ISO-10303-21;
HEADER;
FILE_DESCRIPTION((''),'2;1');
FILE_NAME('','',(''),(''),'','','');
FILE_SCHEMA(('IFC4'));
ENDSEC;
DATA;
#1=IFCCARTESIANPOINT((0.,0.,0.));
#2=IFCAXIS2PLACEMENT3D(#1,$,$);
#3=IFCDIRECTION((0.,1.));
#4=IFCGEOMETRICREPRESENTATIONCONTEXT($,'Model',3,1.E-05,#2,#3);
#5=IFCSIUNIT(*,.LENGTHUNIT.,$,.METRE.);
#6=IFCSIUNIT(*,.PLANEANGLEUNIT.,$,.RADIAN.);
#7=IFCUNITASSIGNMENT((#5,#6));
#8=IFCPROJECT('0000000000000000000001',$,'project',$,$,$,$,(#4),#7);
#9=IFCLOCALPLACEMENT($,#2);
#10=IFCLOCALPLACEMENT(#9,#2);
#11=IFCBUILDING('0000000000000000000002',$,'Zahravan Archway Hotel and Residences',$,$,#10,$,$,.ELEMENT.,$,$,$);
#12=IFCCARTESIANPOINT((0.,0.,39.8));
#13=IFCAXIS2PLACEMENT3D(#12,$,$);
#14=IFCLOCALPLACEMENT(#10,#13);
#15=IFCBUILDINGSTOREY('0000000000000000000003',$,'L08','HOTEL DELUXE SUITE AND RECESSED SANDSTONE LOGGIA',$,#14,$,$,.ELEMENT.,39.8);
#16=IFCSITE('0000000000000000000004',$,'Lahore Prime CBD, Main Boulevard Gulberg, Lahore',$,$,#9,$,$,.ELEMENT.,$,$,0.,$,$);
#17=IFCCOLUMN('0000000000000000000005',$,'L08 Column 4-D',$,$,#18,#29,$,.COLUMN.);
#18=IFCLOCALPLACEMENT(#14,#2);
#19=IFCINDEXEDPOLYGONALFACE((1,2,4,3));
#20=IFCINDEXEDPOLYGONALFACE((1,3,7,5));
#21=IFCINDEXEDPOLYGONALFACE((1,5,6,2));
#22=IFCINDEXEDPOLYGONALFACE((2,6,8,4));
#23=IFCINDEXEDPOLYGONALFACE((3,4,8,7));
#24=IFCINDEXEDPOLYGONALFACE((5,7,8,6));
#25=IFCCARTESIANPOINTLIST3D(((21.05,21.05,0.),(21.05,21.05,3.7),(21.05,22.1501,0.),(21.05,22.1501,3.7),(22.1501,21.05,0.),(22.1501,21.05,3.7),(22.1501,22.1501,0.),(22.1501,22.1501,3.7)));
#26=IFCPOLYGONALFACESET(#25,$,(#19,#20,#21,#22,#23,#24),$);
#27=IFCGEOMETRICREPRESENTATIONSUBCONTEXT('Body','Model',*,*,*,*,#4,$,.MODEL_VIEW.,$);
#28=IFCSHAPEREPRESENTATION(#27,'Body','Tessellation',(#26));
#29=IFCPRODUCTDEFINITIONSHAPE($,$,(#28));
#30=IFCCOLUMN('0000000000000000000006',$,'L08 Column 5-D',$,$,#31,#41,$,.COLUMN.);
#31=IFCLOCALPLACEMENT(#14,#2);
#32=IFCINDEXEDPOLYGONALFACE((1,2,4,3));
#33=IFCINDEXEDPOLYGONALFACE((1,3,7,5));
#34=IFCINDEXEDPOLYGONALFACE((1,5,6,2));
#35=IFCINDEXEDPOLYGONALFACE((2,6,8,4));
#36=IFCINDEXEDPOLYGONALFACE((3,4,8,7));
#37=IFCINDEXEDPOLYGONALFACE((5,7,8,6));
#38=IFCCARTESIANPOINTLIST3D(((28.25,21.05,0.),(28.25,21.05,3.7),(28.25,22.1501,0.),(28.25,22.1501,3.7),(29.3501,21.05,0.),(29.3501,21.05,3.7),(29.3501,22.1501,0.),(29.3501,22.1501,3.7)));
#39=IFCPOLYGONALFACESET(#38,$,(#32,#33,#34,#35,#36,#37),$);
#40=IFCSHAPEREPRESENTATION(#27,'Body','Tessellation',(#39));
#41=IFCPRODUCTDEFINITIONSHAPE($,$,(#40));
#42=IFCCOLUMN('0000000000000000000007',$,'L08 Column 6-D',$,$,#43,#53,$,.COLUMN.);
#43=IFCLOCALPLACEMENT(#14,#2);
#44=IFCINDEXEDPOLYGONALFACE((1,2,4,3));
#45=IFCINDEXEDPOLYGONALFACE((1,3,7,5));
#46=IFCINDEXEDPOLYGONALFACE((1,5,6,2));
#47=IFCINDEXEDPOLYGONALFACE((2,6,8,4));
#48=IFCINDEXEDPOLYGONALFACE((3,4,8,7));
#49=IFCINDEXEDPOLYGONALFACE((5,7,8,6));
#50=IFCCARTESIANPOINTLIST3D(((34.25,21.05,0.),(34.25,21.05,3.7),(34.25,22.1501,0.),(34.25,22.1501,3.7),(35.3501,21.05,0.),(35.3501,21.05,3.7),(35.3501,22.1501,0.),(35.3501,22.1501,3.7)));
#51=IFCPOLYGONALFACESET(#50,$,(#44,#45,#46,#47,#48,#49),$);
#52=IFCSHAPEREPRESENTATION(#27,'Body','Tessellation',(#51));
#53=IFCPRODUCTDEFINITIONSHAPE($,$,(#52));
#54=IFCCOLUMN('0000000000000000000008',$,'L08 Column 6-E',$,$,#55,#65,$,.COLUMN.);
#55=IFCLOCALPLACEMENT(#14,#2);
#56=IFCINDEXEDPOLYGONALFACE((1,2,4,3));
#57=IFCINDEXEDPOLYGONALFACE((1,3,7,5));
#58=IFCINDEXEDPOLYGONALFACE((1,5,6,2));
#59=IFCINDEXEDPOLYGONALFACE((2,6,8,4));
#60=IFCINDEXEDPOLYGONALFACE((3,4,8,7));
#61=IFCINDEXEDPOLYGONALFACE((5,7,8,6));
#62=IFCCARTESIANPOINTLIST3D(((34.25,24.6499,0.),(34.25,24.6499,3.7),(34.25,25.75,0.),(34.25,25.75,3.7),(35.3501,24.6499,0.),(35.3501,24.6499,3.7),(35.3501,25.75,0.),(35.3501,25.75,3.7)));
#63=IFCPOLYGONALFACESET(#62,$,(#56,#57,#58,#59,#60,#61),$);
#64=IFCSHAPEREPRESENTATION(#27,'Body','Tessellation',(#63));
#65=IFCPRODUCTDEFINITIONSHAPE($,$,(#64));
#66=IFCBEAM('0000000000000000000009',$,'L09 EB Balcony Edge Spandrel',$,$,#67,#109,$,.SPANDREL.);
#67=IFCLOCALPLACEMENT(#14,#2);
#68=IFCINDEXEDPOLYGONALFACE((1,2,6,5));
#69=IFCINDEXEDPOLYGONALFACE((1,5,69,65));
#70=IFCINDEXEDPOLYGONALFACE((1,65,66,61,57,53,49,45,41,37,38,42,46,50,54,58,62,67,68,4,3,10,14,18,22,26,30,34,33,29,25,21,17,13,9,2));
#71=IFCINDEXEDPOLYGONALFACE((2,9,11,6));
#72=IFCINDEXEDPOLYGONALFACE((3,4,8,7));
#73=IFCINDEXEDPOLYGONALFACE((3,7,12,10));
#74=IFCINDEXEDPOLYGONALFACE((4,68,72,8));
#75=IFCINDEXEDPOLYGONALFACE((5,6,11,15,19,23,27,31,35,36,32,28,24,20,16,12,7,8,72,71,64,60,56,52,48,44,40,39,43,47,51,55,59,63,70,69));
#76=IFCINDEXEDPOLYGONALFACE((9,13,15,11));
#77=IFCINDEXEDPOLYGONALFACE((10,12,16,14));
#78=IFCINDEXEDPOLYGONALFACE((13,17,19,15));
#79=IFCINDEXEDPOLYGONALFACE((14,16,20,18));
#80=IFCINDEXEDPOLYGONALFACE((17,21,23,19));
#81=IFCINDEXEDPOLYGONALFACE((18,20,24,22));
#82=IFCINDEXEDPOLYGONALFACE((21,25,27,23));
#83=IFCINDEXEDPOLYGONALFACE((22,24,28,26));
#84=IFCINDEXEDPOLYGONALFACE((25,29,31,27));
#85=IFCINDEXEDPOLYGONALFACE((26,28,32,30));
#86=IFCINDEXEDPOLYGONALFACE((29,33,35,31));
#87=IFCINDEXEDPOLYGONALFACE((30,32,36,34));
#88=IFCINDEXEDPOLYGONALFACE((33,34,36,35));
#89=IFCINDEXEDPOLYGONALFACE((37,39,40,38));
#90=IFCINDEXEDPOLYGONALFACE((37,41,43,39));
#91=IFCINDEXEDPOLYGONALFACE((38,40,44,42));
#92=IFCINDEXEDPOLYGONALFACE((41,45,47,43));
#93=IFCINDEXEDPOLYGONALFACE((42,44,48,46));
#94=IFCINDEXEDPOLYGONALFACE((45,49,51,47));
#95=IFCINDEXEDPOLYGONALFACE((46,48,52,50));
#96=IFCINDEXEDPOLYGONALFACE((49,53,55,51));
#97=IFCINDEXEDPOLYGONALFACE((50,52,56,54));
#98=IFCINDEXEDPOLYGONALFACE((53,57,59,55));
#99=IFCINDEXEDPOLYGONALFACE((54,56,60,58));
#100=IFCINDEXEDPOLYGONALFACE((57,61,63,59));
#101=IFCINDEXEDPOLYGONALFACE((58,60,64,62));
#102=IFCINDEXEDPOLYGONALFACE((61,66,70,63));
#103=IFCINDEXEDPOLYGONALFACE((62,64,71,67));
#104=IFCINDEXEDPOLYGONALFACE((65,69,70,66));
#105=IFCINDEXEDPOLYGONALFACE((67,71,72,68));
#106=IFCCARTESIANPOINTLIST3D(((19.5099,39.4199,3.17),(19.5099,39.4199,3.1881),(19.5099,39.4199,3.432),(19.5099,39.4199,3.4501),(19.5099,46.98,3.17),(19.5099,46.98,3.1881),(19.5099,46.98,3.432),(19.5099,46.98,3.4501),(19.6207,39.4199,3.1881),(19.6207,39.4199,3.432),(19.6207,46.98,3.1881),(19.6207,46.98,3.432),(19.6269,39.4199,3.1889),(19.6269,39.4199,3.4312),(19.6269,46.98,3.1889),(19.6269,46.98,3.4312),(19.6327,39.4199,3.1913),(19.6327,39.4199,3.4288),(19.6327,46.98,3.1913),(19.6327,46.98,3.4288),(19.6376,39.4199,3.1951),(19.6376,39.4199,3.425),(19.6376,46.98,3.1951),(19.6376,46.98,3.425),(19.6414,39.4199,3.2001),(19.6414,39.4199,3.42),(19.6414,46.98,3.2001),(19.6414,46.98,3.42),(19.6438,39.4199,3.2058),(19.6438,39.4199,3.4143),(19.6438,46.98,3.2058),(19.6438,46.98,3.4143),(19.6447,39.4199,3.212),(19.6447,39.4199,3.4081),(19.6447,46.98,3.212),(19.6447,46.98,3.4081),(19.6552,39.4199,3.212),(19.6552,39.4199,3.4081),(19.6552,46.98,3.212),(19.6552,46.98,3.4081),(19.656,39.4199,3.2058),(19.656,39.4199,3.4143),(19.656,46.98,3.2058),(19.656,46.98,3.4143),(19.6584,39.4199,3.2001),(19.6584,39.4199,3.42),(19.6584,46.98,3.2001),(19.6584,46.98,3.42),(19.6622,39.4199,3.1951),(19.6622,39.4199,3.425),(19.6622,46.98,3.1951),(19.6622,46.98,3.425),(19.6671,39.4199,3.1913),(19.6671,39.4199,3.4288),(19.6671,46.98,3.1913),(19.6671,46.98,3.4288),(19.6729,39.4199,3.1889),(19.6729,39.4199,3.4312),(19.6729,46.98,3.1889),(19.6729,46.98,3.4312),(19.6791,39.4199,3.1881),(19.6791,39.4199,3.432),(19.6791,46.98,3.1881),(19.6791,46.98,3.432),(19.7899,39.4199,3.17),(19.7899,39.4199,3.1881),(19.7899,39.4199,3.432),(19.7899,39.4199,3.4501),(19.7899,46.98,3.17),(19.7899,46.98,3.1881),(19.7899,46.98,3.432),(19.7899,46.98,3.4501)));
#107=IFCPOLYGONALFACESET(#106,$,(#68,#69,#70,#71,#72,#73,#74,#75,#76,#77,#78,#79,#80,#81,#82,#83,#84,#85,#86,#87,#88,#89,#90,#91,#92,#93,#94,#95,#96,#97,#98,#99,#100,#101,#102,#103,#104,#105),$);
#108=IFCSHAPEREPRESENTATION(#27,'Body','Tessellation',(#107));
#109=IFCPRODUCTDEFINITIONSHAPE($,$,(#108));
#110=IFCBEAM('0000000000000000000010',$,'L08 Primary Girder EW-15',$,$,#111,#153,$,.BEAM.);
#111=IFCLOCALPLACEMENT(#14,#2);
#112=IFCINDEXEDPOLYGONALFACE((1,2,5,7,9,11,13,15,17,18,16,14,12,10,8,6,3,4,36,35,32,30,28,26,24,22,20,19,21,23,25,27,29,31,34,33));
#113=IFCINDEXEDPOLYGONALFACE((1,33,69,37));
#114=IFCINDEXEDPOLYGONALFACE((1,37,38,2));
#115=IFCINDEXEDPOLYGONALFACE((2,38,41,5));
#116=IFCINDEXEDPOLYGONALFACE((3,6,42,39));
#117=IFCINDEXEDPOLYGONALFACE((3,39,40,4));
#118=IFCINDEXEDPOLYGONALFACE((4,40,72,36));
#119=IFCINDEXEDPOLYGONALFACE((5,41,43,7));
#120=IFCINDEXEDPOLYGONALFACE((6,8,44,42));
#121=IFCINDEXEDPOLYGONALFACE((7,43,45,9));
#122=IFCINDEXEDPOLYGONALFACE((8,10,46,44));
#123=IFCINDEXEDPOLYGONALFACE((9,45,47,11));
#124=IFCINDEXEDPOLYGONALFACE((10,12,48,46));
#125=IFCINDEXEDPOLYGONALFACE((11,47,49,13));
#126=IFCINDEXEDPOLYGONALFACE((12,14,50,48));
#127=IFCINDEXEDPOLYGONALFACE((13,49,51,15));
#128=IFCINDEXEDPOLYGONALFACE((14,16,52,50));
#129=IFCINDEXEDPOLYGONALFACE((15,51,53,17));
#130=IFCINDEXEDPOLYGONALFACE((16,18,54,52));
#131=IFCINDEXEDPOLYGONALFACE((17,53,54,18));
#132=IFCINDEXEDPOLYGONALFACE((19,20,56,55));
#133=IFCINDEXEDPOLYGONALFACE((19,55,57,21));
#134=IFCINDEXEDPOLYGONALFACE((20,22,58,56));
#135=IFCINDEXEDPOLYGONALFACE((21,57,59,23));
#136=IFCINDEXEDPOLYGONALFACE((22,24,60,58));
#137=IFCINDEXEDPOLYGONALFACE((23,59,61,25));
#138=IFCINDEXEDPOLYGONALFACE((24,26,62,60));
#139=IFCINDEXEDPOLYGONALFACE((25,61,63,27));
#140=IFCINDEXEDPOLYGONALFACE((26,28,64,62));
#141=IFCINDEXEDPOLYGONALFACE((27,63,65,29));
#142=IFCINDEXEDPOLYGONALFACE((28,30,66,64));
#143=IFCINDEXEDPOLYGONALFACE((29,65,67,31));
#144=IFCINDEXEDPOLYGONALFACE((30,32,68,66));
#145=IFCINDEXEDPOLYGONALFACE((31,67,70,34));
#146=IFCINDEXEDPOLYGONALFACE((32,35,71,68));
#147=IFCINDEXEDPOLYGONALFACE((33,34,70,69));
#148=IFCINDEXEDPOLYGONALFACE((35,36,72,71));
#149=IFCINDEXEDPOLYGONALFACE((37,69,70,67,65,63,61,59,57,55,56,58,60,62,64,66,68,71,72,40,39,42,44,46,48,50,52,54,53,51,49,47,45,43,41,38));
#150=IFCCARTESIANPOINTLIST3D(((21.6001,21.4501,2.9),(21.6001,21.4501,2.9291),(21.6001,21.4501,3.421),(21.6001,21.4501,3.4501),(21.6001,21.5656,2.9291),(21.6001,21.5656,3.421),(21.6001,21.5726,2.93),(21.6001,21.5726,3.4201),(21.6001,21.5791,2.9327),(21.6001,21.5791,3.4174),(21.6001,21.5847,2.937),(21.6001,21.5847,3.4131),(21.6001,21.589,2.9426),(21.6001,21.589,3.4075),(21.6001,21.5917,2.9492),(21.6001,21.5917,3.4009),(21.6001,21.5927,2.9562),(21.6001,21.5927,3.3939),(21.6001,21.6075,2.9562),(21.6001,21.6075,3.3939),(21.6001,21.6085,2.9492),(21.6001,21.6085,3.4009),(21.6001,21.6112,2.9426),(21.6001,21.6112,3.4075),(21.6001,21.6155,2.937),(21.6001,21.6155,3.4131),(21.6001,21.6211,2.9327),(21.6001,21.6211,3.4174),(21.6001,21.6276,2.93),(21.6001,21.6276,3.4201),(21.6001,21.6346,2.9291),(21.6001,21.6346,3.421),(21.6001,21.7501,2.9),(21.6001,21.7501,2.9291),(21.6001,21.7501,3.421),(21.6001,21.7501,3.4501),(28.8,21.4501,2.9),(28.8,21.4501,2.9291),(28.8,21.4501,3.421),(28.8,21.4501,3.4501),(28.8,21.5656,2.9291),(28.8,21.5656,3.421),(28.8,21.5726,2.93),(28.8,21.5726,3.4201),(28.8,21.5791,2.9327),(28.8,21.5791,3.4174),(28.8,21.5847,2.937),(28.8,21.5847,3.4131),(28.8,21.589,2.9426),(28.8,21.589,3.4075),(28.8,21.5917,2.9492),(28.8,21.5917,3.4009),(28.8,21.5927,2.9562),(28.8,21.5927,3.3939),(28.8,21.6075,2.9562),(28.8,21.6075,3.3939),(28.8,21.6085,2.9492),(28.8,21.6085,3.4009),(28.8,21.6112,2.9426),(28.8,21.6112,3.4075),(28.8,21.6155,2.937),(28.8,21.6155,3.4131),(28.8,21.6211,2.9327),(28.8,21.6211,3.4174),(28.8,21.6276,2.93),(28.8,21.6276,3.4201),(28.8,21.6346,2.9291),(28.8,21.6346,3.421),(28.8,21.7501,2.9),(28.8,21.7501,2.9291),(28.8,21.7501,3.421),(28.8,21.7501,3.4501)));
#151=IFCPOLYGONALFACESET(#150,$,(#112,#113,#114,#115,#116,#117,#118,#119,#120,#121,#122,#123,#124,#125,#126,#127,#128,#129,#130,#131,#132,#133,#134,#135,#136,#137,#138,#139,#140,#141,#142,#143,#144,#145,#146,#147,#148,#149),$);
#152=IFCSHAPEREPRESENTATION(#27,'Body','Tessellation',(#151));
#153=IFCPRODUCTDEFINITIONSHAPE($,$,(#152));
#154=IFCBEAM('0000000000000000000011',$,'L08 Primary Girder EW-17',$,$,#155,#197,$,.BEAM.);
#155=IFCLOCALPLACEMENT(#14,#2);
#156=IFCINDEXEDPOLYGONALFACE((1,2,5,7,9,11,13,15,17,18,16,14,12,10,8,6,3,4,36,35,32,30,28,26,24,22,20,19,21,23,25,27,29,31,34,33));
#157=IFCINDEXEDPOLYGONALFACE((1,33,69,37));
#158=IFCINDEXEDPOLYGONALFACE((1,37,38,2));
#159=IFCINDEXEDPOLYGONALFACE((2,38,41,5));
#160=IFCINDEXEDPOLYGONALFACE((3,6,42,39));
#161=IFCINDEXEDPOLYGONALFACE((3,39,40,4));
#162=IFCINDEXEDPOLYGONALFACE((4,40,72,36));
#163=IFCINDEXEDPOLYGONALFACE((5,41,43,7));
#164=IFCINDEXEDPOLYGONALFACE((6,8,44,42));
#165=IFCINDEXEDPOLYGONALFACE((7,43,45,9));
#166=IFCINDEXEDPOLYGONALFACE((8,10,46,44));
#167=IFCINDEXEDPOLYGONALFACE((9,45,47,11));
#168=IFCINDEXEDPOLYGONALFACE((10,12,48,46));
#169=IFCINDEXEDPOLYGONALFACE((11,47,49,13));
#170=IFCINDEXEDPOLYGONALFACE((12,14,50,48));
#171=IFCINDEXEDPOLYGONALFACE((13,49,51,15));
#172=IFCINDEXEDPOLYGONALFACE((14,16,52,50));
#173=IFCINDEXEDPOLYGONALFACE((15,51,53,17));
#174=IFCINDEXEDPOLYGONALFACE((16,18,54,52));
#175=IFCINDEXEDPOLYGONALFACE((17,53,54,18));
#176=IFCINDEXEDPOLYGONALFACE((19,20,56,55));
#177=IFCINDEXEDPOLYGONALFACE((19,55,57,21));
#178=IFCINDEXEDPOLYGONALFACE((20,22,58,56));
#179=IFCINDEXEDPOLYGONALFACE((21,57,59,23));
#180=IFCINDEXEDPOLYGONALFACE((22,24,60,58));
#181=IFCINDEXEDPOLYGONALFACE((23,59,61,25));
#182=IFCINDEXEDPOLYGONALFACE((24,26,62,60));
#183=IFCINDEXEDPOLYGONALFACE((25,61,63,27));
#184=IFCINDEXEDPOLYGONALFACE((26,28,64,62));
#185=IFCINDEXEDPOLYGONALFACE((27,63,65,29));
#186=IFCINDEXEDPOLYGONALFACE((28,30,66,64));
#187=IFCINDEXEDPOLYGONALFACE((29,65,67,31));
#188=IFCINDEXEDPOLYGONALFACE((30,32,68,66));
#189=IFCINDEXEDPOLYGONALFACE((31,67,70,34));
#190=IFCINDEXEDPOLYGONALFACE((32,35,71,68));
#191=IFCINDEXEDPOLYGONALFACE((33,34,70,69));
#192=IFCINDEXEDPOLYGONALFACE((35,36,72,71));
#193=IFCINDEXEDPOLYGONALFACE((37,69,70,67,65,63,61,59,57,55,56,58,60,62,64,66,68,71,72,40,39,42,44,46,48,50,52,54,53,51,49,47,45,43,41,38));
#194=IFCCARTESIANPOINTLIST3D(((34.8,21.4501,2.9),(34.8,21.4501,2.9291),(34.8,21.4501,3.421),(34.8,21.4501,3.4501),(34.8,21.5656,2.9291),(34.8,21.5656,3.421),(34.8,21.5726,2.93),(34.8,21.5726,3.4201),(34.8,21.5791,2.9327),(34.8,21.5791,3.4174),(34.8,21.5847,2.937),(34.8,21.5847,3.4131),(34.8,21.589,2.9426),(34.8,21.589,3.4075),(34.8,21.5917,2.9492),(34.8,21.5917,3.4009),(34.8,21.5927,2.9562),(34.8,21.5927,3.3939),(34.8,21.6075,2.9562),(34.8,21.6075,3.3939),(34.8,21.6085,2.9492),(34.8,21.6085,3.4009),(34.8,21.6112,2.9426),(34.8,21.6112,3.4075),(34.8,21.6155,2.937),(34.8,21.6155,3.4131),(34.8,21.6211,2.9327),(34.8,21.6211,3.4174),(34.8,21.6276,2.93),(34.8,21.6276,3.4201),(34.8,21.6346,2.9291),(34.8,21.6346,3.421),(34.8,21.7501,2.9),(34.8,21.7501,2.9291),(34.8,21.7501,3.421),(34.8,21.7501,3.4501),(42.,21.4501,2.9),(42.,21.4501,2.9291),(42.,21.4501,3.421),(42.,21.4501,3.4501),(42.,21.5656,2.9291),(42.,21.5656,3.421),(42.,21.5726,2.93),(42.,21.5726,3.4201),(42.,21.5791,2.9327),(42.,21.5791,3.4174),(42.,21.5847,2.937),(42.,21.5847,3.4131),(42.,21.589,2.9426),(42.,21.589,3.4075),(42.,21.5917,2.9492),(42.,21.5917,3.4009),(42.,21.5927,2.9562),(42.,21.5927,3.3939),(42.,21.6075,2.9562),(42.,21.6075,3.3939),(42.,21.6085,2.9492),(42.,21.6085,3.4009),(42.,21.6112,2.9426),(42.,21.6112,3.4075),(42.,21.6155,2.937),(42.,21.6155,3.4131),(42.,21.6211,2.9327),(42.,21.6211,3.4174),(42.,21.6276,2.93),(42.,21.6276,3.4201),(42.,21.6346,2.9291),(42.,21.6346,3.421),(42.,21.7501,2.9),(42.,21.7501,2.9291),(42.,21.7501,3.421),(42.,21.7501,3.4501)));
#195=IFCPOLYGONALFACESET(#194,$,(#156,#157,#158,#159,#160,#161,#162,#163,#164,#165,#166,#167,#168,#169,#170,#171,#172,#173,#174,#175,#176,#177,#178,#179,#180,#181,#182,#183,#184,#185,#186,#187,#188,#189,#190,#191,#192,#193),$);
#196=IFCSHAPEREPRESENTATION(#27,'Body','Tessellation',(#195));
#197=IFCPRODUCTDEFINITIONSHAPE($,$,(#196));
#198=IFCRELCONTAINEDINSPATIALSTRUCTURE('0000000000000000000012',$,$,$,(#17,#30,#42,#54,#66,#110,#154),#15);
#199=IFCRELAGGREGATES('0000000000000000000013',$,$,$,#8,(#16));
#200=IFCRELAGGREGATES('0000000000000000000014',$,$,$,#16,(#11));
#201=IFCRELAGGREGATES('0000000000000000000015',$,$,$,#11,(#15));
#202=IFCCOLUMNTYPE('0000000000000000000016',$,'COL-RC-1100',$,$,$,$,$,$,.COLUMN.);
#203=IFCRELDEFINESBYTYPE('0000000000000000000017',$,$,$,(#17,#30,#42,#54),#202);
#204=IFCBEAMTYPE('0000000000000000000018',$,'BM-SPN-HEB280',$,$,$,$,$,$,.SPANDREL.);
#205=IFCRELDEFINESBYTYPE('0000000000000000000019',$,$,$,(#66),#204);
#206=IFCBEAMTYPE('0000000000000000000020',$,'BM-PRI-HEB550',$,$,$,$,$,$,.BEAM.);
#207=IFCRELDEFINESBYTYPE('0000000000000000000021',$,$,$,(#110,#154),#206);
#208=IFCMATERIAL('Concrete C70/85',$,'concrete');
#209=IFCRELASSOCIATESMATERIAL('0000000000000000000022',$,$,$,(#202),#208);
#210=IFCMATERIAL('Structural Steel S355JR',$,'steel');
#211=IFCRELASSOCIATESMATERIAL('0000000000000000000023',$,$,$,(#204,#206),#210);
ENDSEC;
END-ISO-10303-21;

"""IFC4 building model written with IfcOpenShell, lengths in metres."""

from ifc_helpers import new_model, si_unit, direction, frame, origin, origin_2d, place, context, subcontext, project, spatial, rectangle, i_section, extrude, source, transform, mapped, material, material_profile, profile_set, type_object, type_shapes, element, save


model = new_model("IFC4")

# Units and contexts
model_context = context("Model", 3, precision=1e-05, world=origin(), true_north=direction((0.0, 1.0)))
body_context = subcontext(model_context, "Body", "Model", "MODEL_VIEW")
ifc_project = project(units=[si_unit("LENGTHUNIT", "METRE"), si_unit("PLANEANGLEUNIT", "RADIAN")], contexts=[model_context])

# Site, building, storey
site_placement = place(None, origin())
site = spatial("IfcSite", under=ifc_project, at=site_placement, Name="Lahore Prime CBD, Main Boulevard Gulberg, Lahore", CompositionType="ELEMENT", RefElevation=0.0)
building_placement = place(site_placement, origin())
building = spatial("IfcBuilding", under=site, at=building_placement, Name="Zahravan Archway Hotel and Residences", CompositionType="ELEMENT")
storey_placement = place(building_placement, frame((0.0, 0.0, 39.8)))
storey = spatial("IfcBuildingStorey", under=building, at=storey_placement, Name="L08", Description="HOTEL DELUXE SUITE AND RECESSED SANDSTONE LOGGIA", CompositionType="ELEMENT", Elevation=39.8)

# Columns
ifc_material_1 = material(Name="Concrete C70/85", Category="concrete")
ifc_material_profile_1 = material_profile(ifc_material_1, rectangle(XDim=1.1001, YDim=1.1001, at=origin_2d()), Name="RC 1100x1100", Category="concrete")
ifc_profile_set_1 = profile_set([ifc_material_profile_1], Name="Concrete C70/85")
column_type = type_object("IfcColumnType", Name="COL-RC-1100", PredefinedType="COLUMN", material=ifc_profile_set_1)
shared_shape_1 = source(origin(), body_context, "Body", "SweptSolid", [
    extrude(rectangle(XDim=1.1001, YDim=1.1001, at=origin_2d()), origin(), (0.0, 0.0, 1.0), 3.7),
])
for number, where, z_axis, x_axis, name in (
    (1, (21.6001, 21.6001, 0.0), (0.0, 0.0, 1.0), (1.0, 0.0, 0.0), "L08 Column 4-D"),
    (2, (28.8, 21.6001, 0.0), (0.0, 0.0, 1.0), (1.0, 0.0, 0.0), "L08 Column 5-D"),
    (3, (34.8, 21.6001, 0.0), (0.0, 0.0, 1.0), (1.0, 0.0, 0.0), "L08 Column 6-D"),
    (4, (34.8, 25.2, 0.0), (0.0, 0.0, 1.0), (1.0, 0.0, 0.0), "L08 Column 6-E"),
):
    element("IfcColumn", number, at=place(storey_placement, frame(where, z_axis=z_axis, x_axis=x_axis)), inside=storey, type_object=column_type, Name=name, PredefinedType="COLUMN", context=body_context, shape_type="MappedRepresentation", body=[
        mapped(shared_shape_1, transform((0.0, 0.0, 0.0), scale=1.0)),
    ])

# Beams
ifc_material_2 = material(Name="Structural Steel S355JR", Category="steel")
ifc_material_profile_2 = material_profile(ifc_material_2, i_section(OverallWidth=0.28, OverallDepth=0.28, WebThickness=0.0105, FlangeThickness=0.0181, FilletRadius=0.0239, at=origin_2d()), Name="HEB 280", Category="steel")
ifc_profile_set_2 = profile_set([ifc_material_profile_2], Name="Structural Steel S355JR")
beam_type_1 = type_object("IfcBeamType", Name="BM-SPN-HEB280", PredefinedType="SPANDREL", material=ifc_profile_set_2)
shared_shape_2 = source(origin(), body_context, "Body", "SweptSolid", [
    extrude(i_section(OverallWidth=0.28, OverallDepth=0.28, WebThickness=0.0105, FlangeThickness=0.0181, FilletRadius=0.0239, at=origin_2d()), origin(), (0.0, 0.0, 1.0), 7.5601),
])
type_shapes(beam_type_1, [shared_shape_2])
beam_1_placement = place(storey_placement, frame((19.6499, 39.4199, 3.3101), z_axis=(0.0, 1.0, 0.0), x_axis=(-1.0, 0.0, 0.0)))
element("IfcBeam", 5, at=beam_1_placement, inside=storey, type_object=beam_type_1, Name="L09 EB Balcony Edge Spandrel", PredefinedType="SPANDREL", context=body_context, shape_type="MappedRepresentation", body=[
    mapped(shared_shape_2, transform((0.0, 0.0, 0.0), scale=1.0)),
])
ifc_material_profile_3 = material_profile(ifc_material_2, i_section(OverallWidth=0.3, OverallDepth=0.55, WebThickness=0.0149, FlangeThickness=0.0291, FilletRadius=0.0271, at=origin_2d()), Name="HEB 550", Category="steel")
ifc_profile_set_3 = profile_set([ifc_material_profile_3], Name="Structural Steel S355JR")
beam_type_2 = type_object("IfcBeamType", Name="BM-PRI-HEB550", PredefinedType="BEAM", material=ifc_profile_set_3)
shared_shape_3 = source(origin(), body_context, "Body", "SweptSolid", [
    extrude(i_section(OverallWidth=0.3, OverallDepth=0.55, WebThickness=0.0149, FlangeThickness=0.0291, FilletRadius=0.0271, at=origin_2d()), origin(), (0.0, 0.0, 1.0), 7.2),
])
for number, where, z_axis, x_axis, name in (
    (6, (21.6001, 21.6001, 3.175), (1.0, 0.0, 0.0), (0.0, 1.0, 0.0), "L08 Primary Girder EW-15"),
    (7, (34.8, 21.6001, 3.175), (1.0, 0.0, 0.0), (0.0, 1.0, 0.0), "L08 Primary Girder EW-17"),
):
    element("IfcBeam", number, at=place(storey_placement, frame(where, z_axis=z_axis, x_axis=x_axis)), inside=storey, type_object=beam_type_2, Name=name, PredefinedType="BEAM", context=body_context, shape_type="MappedRepresentation", body=[
        mapped(shared_shape_3, transform((0.0, 0.0, 0.0), scale=1.0)),
    ])

save(model, "model.ifc")
